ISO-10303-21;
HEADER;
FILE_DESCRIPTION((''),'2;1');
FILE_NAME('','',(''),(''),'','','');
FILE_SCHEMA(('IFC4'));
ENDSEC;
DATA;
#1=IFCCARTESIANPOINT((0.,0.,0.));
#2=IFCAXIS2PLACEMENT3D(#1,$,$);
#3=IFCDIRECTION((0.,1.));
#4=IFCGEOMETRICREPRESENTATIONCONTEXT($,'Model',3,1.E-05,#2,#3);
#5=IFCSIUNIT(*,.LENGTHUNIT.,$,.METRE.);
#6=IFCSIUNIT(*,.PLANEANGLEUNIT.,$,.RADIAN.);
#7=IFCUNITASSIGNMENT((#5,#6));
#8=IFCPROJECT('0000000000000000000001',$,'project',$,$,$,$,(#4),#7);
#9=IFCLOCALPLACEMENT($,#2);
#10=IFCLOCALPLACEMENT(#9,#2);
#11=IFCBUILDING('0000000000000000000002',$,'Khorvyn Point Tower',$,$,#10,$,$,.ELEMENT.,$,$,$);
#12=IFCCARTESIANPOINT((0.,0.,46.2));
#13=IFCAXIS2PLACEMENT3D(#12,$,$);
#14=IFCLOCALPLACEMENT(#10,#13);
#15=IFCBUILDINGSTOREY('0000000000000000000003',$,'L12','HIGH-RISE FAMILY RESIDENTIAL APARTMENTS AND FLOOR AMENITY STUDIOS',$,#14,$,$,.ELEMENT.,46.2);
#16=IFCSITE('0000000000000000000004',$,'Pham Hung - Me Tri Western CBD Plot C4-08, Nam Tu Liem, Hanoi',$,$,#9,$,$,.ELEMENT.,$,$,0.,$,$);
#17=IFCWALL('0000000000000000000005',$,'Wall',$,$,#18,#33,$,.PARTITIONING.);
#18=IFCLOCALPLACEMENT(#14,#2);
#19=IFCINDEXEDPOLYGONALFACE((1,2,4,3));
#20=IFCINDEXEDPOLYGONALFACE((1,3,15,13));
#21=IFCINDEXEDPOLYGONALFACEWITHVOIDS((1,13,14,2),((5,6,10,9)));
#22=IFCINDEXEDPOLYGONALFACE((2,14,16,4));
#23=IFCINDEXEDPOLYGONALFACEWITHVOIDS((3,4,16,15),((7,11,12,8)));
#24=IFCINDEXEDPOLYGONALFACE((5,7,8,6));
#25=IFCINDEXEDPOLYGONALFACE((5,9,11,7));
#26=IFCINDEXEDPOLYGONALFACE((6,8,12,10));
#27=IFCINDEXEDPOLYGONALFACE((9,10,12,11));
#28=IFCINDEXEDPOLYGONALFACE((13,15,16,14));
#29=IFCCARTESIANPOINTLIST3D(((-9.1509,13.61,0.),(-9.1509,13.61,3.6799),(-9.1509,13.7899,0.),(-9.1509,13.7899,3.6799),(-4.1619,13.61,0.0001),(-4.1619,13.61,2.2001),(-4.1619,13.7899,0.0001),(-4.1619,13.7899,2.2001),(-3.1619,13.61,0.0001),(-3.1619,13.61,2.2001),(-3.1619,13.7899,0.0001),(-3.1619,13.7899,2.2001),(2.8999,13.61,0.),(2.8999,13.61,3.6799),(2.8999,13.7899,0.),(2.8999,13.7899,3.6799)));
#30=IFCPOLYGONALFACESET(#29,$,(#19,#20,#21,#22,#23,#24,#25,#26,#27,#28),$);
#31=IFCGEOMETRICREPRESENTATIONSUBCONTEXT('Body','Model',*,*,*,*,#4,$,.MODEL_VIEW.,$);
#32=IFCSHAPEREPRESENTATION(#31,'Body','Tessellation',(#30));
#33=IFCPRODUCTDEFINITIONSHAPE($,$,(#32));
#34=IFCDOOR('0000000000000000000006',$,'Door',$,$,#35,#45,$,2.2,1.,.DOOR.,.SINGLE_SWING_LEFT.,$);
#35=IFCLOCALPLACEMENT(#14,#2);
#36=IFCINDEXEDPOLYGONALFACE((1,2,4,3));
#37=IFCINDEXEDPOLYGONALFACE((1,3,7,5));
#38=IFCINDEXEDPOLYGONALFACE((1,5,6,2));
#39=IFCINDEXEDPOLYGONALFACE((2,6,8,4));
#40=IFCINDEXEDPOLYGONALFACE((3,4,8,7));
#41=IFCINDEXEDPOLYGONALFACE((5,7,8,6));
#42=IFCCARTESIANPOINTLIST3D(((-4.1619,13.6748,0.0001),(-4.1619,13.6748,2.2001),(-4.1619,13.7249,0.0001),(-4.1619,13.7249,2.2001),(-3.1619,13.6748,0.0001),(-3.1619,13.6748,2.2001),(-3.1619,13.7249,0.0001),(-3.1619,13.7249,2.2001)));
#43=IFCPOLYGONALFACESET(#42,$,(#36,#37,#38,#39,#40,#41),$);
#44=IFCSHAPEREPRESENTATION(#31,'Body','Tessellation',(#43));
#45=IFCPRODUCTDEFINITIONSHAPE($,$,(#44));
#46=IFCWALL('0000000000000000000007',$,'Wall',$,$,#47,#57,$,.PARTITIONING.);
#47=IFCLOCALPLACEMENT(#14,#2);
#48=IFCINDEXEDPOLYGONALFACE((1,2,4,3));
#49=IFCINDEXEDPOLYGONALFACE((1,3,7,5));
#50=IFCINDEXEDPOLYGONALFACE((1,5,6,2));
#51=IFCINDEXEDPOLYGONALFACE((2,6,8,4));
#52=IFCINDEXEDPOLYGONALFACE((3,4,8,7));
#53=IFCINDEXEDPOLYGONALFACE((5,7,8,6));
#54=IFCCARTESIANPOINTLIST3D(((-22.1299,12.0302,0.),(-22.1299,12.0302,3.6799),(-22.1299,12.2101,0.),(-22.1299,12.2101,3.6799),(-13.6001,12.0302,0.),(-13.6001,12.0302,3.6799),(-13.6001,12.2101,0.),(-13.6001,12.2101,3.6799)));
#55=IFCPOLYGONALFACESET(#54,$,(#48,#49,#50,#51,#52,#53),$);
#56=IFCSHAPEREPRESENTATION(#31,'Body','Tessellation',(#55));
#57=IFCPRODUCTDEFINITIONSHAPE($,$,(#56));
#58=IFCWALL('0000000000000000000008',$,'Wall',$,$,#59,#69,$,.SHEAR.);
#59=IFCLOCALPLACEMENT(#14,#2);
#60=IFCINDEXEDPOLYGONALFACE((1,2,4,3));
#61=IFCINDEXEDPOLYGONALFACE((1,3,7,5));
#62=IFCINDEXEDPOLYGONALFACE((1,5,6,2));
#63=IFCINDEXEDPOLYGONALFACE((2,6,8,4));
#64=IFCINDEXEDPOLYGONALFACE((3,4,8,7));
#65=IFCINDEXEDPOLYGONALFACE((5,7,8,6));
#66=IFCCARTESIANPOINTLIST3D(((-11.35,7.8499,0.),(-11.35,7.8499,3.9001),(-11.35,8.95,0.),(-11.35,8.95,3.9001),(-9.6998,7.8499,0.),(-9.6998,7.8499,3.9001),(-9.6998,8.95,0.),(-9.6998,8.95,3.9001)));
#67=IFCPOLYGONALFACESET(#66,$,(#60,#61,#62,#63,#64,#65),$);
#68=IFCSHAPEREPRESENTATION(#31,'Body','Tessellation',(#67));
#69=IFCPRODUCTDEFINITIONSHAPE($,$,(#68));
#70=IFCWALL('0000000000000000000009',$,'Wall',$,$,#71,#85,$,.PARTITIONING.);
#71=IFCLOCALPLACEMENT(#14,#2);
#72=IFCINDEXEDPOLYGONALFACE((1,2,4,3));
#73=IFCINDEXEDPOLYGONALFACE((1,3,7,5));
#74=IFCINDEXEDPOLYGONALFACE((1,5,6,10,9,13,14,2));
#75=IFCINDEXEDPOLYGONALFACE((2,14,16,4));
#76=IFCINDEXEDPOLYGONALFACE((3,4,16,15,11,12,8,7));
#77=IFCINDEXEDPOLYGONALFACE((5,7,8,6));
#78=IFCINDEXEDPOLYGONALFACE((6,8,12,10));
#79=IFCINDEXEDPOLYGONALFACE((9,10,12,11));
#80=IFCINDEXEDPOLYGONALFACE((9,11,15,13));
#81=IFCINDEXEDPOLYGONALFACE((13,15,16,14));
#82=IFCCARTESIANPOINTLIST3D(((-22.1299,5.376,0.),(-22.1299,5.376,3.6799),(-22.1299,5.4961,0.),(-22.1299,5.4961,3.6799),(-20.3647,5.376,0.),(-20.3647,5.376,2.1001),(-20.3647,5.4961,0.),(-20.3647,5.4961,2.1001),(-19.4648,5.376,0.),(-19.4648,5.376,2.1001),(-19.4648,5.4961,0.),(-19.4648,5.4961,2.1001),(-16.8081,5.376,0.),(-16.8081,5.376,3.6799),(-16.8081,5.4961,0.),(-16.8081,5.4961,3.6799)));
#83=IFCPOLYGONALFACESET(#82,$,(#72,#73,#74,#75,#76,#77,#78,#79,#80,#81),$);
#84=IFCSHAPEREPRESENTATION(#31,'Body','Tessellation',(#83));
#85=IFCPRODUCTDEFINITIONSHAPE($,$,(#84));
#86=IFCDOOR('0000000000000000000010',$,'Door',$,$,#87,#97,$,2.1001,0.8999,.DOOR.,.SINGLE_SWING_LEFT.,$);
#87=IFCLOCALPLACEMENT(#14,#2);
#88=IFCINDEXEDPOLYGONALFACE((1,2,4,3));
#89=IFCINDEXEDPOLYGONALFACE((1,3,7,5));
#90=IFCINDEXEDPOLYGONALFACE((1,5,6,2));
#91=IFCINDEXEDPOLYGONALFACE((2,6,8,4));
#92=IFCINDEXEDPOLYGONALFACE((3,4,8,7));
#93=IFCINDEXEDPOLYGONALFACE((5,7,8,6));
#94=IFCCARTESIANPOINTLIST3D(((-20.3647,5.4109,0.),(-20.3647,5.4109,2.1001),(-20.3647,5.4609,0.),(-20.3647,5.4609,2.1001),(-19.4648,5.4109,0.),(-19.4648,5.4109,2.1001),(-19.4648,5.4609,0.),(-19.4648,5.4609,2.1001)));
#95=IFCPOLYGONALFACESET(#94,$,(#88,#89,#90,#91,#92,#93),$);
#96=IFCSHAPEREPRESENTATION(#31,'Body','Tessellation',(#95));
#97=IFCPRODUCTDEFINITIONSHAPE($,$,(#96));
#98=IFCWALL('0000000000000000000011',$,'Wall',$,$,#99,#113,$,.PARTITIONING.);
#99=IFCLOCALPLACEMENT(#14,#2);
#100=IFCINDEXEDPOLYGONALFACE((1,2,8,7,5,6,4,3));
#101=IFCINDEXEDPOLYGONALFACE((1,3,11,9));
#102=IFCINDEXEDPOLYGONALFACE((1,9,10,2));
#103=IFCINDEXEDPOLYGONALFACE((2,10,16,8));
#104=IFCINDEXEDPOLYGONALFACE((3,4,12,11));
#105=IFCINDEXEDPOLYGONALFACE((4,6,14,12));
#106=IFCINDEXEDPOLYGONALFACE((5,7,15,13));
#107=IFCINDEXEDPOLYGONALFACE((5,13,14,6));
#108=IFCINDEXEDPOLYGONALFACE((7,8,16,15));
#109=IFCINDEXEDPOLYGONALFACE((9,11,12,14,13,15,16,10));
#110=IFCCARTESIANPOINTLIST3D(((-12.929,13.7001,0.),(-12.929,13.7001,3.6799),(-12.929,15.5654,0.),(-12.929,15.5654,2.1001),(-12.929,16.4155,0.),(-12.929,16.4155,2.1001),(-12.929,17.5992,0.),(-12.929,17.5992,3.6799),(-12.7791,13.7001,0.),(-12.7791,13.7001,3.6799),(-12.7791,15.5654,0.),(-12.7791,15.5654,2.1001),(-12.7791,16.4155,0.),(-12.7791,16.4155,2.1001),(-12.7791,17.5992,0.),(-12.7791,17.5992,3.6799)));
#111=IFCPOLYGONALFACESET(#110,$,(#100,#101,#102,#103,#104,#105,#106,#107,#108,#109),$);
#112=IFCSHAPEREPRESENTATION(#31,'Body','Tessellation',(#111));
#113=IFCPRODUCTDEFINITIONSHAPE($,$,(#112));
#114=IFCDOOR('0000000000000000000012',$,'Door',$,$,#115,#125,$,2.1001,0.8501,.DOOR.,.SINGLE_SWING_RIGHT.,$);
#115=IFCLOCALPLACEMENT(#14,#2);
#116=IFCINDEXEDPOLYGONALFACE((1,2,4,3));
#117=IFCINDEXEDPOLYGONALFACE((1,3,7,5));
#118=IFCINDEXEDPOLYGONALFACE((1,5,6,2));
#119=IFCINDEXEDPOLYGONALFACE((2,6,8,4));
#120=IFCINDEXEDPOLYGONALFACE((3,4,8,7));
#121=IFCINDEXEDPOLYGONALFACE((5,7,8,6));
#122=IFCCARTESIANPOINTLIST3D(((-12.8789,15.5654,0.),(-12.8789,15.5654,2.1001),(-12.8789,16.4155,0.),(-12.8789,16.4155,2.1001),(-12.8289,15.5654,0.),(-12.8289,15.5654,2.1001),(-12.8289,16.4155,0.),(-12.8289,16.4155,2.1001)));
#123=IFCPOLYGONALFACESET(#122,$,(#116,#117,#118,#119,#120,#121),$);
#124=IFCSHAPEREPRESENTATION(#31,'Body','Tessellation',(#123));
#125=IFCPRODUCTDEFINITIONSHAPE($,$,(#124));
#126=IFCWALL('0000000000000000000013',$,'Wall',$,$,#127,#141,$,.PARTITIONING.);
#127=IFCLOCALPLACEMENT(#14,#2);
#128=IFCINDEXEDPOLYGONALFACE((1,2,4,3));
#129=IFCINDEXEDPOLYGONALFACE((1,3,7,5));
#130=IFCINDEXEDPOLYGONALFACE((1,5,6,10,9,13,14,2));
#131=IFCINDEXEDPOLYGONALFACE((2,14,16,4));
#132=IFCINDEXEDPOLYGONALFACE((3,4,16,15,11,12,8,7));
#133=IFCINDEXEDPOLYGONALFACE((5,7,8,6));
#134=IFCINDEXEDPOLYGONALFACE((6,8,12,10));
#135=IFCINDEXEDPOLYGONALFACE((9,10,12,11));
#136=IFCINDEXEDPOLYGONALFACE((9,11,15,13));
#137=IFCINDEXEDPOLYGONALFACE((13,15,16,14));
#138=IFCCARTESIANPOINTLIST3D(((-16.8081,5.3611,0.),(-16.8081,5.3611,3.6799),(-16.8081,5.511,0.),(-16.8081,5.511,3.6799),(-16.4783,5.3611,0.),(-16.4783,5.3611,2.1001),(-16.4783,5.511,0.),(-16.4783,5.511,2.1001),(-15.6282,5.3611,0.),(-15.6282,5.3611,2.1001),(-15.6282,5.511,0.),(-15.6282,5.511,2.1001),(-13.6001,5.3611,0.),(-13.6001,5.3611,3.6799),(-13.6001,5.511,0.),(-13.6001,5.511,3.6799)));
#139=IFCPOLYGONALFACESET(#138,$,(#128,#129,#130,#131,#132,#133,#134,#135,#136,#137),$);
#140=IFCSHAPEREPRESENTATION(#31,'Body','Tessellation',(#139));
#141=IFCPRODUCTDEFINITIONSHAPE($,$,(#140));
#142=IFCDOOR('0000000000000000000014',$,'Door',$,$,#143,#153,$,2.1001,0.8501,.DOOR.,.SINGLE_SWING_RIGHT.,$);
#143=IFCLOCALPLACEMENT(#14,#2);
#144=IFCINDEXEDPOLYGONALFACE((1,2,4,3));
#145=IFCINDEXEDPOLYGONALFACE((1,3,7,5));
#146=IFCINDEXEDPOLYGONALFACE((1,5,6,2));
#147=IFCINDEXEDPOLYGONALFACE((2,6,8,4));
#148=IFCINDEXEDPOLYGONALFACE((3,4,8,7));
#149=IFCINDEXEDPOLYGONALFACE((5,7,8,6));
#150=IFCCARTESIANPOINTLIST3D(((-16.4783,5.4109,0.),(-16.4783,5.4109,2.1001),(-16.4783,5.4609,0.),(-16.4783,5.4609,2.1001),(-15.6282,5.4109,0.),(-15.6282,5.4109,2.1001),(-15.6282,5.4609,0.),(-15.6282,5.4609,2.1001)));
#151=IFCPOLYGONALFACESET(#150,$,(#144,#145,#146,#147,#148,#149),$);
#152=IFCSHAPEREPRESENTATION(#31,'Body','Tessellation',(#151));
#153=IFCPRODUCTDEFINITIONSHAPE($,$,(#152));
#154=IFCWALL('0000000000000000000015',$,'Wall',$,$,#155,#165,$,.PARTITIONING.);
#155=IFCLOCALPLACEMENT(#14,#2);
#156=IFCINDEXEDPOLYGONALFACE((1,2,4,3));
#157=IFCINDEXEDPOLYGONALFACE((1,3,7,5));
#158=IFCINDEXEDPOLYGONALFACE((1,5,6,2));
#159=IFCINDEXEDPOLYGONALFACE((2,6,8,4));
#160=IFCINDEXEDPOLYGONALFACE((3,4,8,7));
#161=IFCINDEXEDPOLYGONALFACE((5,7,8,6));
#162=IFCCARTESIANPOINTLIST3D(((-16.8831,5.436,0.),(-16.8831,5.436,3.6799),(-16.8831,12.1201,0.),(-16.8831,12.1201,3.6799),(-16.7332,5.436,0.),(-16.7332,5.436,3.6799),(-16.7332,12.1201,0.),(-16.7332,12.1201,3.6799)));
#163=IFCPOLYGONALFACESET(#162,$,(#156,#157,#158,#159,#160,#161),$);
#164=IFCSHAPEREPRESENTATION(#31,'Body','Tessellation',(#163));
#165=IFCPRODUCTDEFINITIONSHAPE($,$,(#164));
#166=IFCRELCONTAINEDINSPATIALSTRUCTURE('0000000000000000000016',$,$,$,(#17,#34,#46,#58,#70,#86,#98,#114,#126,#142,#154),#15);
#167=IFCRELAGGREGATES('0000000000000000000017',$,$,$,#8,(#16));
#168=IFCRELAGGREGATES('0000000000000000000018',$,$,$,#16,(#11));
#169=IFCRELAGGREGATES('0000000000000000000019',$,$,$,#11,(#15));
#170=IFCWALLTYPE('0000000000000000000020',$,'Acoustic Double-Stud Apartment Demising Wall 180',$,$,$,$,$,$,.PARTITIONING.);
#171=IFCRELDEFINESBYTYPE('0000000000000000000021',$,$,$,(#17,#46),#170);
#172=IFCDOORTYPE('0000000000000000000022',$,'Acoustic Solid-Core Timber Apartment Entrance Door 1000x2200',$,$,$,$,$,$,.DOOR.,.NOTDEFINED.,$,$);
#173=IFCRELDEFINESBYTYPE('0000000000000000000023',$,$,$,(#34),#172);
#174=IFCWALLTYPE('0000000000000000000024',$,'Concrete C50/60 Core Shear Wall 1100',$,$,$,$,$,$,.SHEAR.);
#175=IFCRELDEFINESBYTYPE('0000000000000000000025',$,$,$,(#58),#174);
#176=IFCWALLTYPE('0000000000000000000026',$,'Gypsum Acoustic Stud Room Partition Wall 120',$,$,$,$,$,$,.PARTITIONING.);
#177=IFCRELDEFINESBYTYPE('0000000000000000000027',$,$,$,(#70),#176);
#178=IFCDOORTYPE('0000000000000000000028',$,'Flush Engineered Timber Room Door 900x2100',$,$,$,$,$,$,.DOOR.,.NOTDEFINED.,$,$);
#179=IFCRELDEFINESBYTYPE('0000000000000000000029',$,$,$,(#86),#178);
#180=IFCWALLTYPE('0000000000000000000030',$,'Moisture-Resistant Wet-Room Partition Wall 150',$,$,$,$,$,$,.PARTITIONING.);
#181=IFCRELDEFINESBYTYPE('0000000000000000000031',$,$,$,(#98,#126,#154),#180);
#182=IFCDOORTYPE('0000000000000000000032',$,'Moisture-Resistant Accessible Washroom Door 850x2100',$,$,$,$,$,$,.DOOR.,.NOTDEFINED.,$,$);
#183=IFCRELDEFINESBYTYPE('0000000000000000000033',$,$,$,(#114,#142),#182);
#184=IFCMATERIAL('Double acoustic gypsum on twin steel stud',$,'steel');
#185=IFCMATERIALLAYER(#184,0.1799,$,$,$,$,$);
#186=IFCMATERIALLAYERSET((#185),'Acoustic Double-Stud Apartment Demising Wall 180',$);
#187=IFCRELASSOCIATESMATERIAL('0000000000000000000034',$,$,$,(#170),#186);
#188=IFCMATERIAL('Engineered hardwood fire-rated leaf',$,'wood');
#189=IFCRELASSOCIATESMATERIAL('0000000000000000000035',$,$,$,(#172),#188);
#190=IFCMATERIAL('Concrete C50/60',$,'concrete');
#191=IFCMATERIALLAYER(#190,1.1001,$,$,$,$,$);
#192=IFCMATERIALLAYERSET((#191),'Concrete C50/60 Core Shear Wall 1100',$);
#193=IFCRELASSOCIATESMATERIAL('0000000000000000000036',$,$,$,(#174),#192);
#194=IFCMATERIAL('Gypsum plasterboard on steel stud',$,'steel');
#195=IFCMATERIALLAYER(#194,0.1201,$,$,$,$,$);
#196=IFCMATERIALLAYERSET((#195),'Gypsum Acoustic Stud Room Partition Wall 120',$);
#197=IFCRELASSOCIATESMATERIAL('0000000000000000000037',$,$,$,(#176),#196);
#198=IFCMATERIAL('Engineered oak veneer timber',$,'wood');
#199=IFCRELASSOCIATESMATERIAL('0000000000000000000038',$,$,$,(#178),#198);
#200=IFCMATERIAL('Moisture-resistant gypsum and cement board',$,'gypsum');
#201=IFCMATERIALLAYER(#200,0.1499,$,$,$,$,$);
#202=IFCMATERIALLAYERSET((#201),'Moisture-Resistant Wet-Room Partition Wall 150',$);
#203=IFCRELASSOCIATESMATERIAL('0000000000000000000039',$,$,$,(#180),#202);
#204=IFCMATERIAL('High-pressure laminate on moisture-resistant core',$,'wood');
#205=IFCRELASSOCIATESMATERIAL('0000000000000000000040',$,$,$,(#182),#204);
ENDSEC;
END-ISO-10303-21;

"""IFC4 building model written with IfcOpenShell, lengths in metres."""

from ifc_helpers import new_model, si_unit, direction, frame, frame_2d, origin, place, context, subcontext, project, spatial, rectangle, extrude, material, layer, layer_set, type_object, element, fill, save


model = new_model("IFC4")

# Units and contexts
model_context = context("Model", 3, precision=1e-05, world=origin(), true_north=direction((0.0, 1.0)))
body_context = subcontext(model_context, "Body", "Model", "MODEL_VIEW")
ifc_project = project(units=[si_unit("LENGTHUNIT", "METRE"), si_unit("PLANEANGLEUNIT", "RADIAN")], contexts=[model_context])

# Site, building, storey
site_placement = place(None, origin())
site = spatial("IfcSite", under=ifc_project, at=site_placement, Name="Pham Hung - Me Tri Western CBD Plot C4-08, Nam Tu Liem, Hanoi", CompositionType="ELEMENT", RefElevation=0.0)
building_placement = place(site_placement, origin())
building = spatial("IfcBuilding", under=site, at=building_placement, Name="Khorvyn Point Tower", CompositionType="ELEMENT")
storey_placement = place(building_placement, frame((0.0, 0.0, 46.2)))
storey = spatial("IfcBuildingStorey", under=building, at=storey_placement, Name="L12", Description="HIGH-RISE FAMILY RESIDENTIAL APARTMENTS AND FLOOR AMENITY STUDIOS", CompositionType="ELEMENT", Elevation=46.2)

# Shared definitions
ifc_material_1 = material(Name="Concrete C50/60", Category="concrete")

# Wall, opening, door
ifc_material_2 = material(Name="Double acoustic gypsum on twin steel stud", Category="steel")
ifc_layer_1 = layer(ifc_material_2, 0.1799)
ifc_layer_set_1 = layer_set([ifc_layer_1], Name="Acoustic Double-Stud Apartment Demising Wall 180")
wall_type_1 = type_object("IfcWallType", Name="Acoustic Double-Stud Apartment Demising Wall 180", PredefinedType="PARTITIONING", material=ifc_layer_set_1)
ifc_material_3 = material(Name="Engineered hardwood fire-rated leaf", Category="wood")
door_type_1 = type_object("IfcDoorType", Name="Acoustic Solid-Core Timber Apartment Entrance Door 1000x2200", OperationType="NOTDEFINED", PredefinedType="DOOR", material=ifc_material_3)
wall_1_placement = place(storey_placement, frame((-9.1509, 13.7, 0.0), z_axis=(0.0, 0.0, 1.0), x_axis=(1.0, 0.0, 0.0)))
wall_1 = element("IfcWall", 1, at=wall_1_placement, inside=storey, type_object=wall_type_1, Name="Wall", PredefinedType="PARTITIONING", context=body_context, shape_type="SweptSolid", body=[
    extrude(rectangle(XDim=12.0508, YDim=0.1799, at=frame_2d((6.0254, 0.0))), origin(), (0.0, 0.0, 1.0), 3.6799),
])
opening_1_placement = place(wall_1_placement, frame((4.989, 0.0, 0.0)))
opening_1 = element("IfcOpeningElement", 2, at=opening_1_placement, cuts=wall_1, PredefinedType="OPENING", context=body_context, shape_type="SweptSolid", body=[
    extrude(rectangle(XDim=1.0, YDim=2.2, at=frame_2d((0.5, 1.1001))), frame((0.0, 0.0999, 0.0), z_axis=(0.0, -1.0, 0.0), x_axis=(1.0, 0.0, 0.0)), (0.0, 0.0, 1.0), 0.2),
])
door_1_placement = place(opening_1_placement, origin())
door_1 = element("IfcDoor", 3, at=door_1_placement, inside=storey, type_object=door_type_1, Name="Door", OperationType="SINGLE_SWING_LEFT", OverallHeight=2.2, OverallWidth=1.0, PredefinedType="DOOR", context=body_context, shape_type="SweptSolid", body=[
    extrude(rectangle(XDim=1.0, YDim=2.2, at=frame_2d((0.5, 1.1001))), frame((0.0, 0.0249, 0.0), z_axis=(0.0, -1.0, 0.0), x_axis=(1.0, 0.0, 0.0)), (0.0, 0.0, 1.0), 0.05),
])
fill(opening_1, door_1)

# Wall
wall_2_placement = place(storey_placement, frame((-22.1299, 12.1201, 0.0), z_axis=(0.0, 0.0, 1.0), x_axis=(1.0, 0.0, 0.0)))
element("IfcWall", 4, at=wall_2_placement, inside=storey, type_object=wall_type_1, Name="Wall", PredefinedType="PARTITIONING", context=body_context, shape_type="SweptSolid", body=[
    extrude(rectangle(XDim=8.5298, YDim=0.1799, at=frame_2d((4.2649, 0.0))), origin(), (0.0, 0.0, 1.0), 3.6799),
])

# Wall
ifc_layer_2 = layer(ifc_material_1, 1.1001)
ifc_layer_set_2 = layer_set([ifc_layer_2], Name="Concrete C50/60 Core Shear Wall 1100")
wall_type_2 = type_object("IfcWallType", Name="Concrete C50/60 Core Shear Wall 1100", PredefinedType="SHEAR", material=ifc_layer_set_2)
wall_3_placement = place(storey_placement, frame((-11.3501, 8.3999, 0.0), z_axis=(0.0, 0.0, 1.0), x_axis=(1.0, 0.0, 0.0)))
element("IfcWall", 5, at=wall_3_placement, inside=storey, type_object=wall_type_2, Name="Wall", PredefinedType="SHEAR", context=body_context, shape_type="SweptSolid", body=[
    extrude(rectangle(XDim=1.6501, YDim=1.1001, at=frame_2d((0.8252, 0.0))), origin(), (0.0, 0.0, 1.0), 3.9001),
])

# Walls, openings, doors
ifc_material_4 = material(Name="Gypsum plasterboard on steel stud", Category="steel")
ifc_layer_3 = layer(ifc_material_4, 0.1201)
ifc_layer_set_3 = layer_set([ifc_layer_3], Name="Gypsum Acoustic Stud Room Partition Wall 120")
wall_type_3 = type_object("IfcWallType", Name="Gypsum Acoustic Stud Room Partition Wall 120", PredefinedType="PARTITIONING", material=ifc_layer_set_3)
wall_4_placement = place(storey_placement, frame((-22.1299, 5.436, 0.0), z_axis=(0.0, 0.0, 1.0), x_axis=(1.0, 0.0, 0.0)))
wall_4 = element("IfcWall", 6, at=wall_4_placement, inside=storey, type_object=wall_type_3, Name="Wall", PredefinedType="PARTITIONING", context=body_context, shape_type="SweptSolid", body=[
    extrude(rectangle(XDim=5.3218, YDim=0.1201, at=frame_2d((2.6609, 0.0))), origin(), (0.0, 0.0, 1.0), 3.6799),
])
opening_2_placement = place(wall_4_placement, frame((1.7651, 0.0, 0.0)))
opening_2 = element("IfcOpeningElement", 7, at=opening_2_placement, cuts=wall_4, PredefinedType="OPENING", context=body_context, shape_type="SweptSolid", body=[
    extrude(rectangle(XDim=0.8999, YDim=2.1001, at=frame_2d((0.45, 1.05))), frame((0.0, 0.0701, 0.0), z_axis=(0.0, -1.0, 0.0), x_axis=(1.0, 0.0, 0.0)), (0.0, 0.0, 1.0), 0.1401),
])
ifc_material_5 = material(Name="Engineered oak veneer timber", Category="wood")
door_type_2 = type_object("IfcDoorType", Name="Flush Engineered Timber Room Door 900x2100", OperationType="NOTDEFINED", PredefinedType="DOOR", material=ifc_material_5)
door_2_placement = place(opening_2_placement, origin())
door_2 = element("IfcDoor", 8, at=door_2_placement, inside=storey, type_object=door_type_2, Name="Door", OperationType="SINGLE_SWING_LEFT", OverallHeight=2.1001, OverallWidth=0.8999, PredefinedType="DOOR", context=body_context, shape_type="SweptSolid", body=[
    extrude(rectangle(XDim=0.8999, YDim=2.1001, at=frame_2d((0.45, 1.05))), frame((0.0, 0.0249, 0.0), z_axis=(0.0, -1.0, 0.0), x_axis=(1.0, 0.0, 0.0)), (0.0, 0.0, 1.0), 0.05),
])
fill(opening_2, door_2)
ifc_material_6 = material(Name="Moisture-resistant gypsum and cement board", Category="gypsum")
ifc_layer_4 = layer(ifc_material_6, 0.1499)
ifc_layer_set_4 = layer_set([ifc_layer_4], Name="Moisture-Resistant Wet-Room Partition Wall 150")
wall_type_4 = type_object("IfcWallType", Name="Moisture-Resistant Wet-Room Partition Wall 150", PredefinedType="PARTITIONING", material=ifc_layer_set_4)
wall_5_placement = place(storey_placement, frame((-12.854, 13.7, 0.0), z_axis=(0.0, 0.0, 1.0), x_axis=(0.0, 1.0, 0.0)))
wall_5 = element("IfcWall", 9, at=wall_5_placement, inside=storey, type_object=wall_type_4, Name="Wall", PredefinedType="PARTITIONING", context=body_context, shape_type="SweptSolid", body=[
    extrude(rectangle(XDim=3.8992, YDim=0.1499, at=frame_2d((1.9497, 0.0))), origin(), (0.0, 0.0, 1.0), 3.6799),
])
opening_3_placement = place(wall_5_placement, frame((1.8655, 0.0, 0.0)))
opening_3 = element("IfcOpeningElement", 10, at=opening_3_placement, cuts=wall_5, PredefinedType="OPENING", context=body_context, shape_type="SweptSolid", body=[
    extrude(rectangle(XDim=0.8501, YDim=2.1001, at=frame_2d((0.425, 1.05))), frame((0.0, 0.085, 0.0), z_axis=(0.0, -1.0, 0.0), x_axis=(1.0, 0.0, 0.0)), (0.0, 0.0, 1.0), 0.1699),
])
ifc_material_7 = material(Name="High-pressure laminate on moisture-resistant core", Category="wood")
door_type_3 = type_object("IfcDoorType", Name="Moisture-Resistant Accessible Washroom Door 850x2100", OperationType="NOTDEFINED", PredefinedType="DOOR", material=ifc_material_7)
door_3_placement = place(opening_3_placement, origin())
door_3 = element("IfcDoor", 11, at=door_3_placement, inside=storey, type_object=door_type_3, Name="Door", OperationType="SINGLE_SWING_RIGHT", OverallHeight=2.1001, OverallWidth=0.8501, PredefinedType="DOOR", context=body_context, shape_type="SweptSolid", body=[
    extrude(rectangle(XDim=0.8501, YDim=2.1001, at=frame_2d((0.425, 1.05))), frame((0.0, 0.0249, 0.0), z_axis=(0.0, -1.0, 0.0), x_axis=(1.0, 0.0, 0.0)), (0.0, 0.0, 1.0), 0.05),
])
fill(opening_3, door_3)
wall_6_placement = place(storey_placement, frame((-16.8081, 5.436, 0.0), z_axis=(0.0, 0.0, 1.0), x_axis=(1.0, 0.0, 0.0)))
wall_6 = element("IfcWall", 12, at=wall_6_placement, inside=storey, type_object=wall_type_4, Name="Wall", PredefinedType="PARTITIONING", context=body_context, shape_type="SweptSolid", body=[
    extrude(rectangle(XDim=3.208, YDim=0.1499, at=frame_2d((1.604, 0.0))), origin(), (0.0, 0.0, 1.0), 3.6799),
])
opening_4_placement = place(wall_6_placement, frame((0.3298, 0.0, 0.0)))
opening_4 = element("IfcOpeningElement", 13, at=opening_4_placement, cuts=wall_6, PredefinedType="OPENING", context=body_context, shape_type="SweptSolid", body=[
    extrude(rectangle(XDim=0.8501, YDim=2.1001, at=frame_2d((0.425, 1.05))), frame((0.0, 0.085, 0.0), z_axis=(0.0, -1.0, 0.0), x_axis=(1.0, 0.0, 0.0)), (0.0, 0.0, 1.0), 0.1699),
])
door_4_placement = place(opening_4_placement, origin())
door_4 = element("IfcDoor", 14, at=door_4_placement, inside=storey, type_object=door_type_3, Name="Door", OperationType="SINGLE_SWING_RIGHT", OverallHeight=2.1001, OverallWidth=0.8501, PredefinedType="DOOR", context=body_context, shape_type="SweptSolid", body=[
    extrude(rectangle(XDim=0.8501, YDim=2.1001, at=frame_2d((0.425, 1.05))), frame((0.0, 0.0249, 0.0), z_axis=(0.0, -1.0, 0.0), x_axis=(1.0, 0.0, 0.0)), (0.0, 0.0, 1.0), 0.05),
])
fill(opening_4, door_4)

# Wall
wall_7_placement = place(storey_placement, frame((-16.8081, 5.436, 0.0), z_axis=(0.0, 0.0, 1.0), x_axis=(0.0, 1.0, 0.0)))
element("IfcWall", 15, at=wall_7_placement, inside=storey, type_object=wall_type_4, Name="Wall", PredefinedType="PARTITIONING", context=body_context, shape_type="SweptSolid", body=[
    extrude(rectangle(XDim=6.6841, YDim=0.1499, at=frame_2d((3.342, 0.0))), origin(), (0.0, 0.0, 1.0), 3.6799),
])

save(model, "model.ifc")
